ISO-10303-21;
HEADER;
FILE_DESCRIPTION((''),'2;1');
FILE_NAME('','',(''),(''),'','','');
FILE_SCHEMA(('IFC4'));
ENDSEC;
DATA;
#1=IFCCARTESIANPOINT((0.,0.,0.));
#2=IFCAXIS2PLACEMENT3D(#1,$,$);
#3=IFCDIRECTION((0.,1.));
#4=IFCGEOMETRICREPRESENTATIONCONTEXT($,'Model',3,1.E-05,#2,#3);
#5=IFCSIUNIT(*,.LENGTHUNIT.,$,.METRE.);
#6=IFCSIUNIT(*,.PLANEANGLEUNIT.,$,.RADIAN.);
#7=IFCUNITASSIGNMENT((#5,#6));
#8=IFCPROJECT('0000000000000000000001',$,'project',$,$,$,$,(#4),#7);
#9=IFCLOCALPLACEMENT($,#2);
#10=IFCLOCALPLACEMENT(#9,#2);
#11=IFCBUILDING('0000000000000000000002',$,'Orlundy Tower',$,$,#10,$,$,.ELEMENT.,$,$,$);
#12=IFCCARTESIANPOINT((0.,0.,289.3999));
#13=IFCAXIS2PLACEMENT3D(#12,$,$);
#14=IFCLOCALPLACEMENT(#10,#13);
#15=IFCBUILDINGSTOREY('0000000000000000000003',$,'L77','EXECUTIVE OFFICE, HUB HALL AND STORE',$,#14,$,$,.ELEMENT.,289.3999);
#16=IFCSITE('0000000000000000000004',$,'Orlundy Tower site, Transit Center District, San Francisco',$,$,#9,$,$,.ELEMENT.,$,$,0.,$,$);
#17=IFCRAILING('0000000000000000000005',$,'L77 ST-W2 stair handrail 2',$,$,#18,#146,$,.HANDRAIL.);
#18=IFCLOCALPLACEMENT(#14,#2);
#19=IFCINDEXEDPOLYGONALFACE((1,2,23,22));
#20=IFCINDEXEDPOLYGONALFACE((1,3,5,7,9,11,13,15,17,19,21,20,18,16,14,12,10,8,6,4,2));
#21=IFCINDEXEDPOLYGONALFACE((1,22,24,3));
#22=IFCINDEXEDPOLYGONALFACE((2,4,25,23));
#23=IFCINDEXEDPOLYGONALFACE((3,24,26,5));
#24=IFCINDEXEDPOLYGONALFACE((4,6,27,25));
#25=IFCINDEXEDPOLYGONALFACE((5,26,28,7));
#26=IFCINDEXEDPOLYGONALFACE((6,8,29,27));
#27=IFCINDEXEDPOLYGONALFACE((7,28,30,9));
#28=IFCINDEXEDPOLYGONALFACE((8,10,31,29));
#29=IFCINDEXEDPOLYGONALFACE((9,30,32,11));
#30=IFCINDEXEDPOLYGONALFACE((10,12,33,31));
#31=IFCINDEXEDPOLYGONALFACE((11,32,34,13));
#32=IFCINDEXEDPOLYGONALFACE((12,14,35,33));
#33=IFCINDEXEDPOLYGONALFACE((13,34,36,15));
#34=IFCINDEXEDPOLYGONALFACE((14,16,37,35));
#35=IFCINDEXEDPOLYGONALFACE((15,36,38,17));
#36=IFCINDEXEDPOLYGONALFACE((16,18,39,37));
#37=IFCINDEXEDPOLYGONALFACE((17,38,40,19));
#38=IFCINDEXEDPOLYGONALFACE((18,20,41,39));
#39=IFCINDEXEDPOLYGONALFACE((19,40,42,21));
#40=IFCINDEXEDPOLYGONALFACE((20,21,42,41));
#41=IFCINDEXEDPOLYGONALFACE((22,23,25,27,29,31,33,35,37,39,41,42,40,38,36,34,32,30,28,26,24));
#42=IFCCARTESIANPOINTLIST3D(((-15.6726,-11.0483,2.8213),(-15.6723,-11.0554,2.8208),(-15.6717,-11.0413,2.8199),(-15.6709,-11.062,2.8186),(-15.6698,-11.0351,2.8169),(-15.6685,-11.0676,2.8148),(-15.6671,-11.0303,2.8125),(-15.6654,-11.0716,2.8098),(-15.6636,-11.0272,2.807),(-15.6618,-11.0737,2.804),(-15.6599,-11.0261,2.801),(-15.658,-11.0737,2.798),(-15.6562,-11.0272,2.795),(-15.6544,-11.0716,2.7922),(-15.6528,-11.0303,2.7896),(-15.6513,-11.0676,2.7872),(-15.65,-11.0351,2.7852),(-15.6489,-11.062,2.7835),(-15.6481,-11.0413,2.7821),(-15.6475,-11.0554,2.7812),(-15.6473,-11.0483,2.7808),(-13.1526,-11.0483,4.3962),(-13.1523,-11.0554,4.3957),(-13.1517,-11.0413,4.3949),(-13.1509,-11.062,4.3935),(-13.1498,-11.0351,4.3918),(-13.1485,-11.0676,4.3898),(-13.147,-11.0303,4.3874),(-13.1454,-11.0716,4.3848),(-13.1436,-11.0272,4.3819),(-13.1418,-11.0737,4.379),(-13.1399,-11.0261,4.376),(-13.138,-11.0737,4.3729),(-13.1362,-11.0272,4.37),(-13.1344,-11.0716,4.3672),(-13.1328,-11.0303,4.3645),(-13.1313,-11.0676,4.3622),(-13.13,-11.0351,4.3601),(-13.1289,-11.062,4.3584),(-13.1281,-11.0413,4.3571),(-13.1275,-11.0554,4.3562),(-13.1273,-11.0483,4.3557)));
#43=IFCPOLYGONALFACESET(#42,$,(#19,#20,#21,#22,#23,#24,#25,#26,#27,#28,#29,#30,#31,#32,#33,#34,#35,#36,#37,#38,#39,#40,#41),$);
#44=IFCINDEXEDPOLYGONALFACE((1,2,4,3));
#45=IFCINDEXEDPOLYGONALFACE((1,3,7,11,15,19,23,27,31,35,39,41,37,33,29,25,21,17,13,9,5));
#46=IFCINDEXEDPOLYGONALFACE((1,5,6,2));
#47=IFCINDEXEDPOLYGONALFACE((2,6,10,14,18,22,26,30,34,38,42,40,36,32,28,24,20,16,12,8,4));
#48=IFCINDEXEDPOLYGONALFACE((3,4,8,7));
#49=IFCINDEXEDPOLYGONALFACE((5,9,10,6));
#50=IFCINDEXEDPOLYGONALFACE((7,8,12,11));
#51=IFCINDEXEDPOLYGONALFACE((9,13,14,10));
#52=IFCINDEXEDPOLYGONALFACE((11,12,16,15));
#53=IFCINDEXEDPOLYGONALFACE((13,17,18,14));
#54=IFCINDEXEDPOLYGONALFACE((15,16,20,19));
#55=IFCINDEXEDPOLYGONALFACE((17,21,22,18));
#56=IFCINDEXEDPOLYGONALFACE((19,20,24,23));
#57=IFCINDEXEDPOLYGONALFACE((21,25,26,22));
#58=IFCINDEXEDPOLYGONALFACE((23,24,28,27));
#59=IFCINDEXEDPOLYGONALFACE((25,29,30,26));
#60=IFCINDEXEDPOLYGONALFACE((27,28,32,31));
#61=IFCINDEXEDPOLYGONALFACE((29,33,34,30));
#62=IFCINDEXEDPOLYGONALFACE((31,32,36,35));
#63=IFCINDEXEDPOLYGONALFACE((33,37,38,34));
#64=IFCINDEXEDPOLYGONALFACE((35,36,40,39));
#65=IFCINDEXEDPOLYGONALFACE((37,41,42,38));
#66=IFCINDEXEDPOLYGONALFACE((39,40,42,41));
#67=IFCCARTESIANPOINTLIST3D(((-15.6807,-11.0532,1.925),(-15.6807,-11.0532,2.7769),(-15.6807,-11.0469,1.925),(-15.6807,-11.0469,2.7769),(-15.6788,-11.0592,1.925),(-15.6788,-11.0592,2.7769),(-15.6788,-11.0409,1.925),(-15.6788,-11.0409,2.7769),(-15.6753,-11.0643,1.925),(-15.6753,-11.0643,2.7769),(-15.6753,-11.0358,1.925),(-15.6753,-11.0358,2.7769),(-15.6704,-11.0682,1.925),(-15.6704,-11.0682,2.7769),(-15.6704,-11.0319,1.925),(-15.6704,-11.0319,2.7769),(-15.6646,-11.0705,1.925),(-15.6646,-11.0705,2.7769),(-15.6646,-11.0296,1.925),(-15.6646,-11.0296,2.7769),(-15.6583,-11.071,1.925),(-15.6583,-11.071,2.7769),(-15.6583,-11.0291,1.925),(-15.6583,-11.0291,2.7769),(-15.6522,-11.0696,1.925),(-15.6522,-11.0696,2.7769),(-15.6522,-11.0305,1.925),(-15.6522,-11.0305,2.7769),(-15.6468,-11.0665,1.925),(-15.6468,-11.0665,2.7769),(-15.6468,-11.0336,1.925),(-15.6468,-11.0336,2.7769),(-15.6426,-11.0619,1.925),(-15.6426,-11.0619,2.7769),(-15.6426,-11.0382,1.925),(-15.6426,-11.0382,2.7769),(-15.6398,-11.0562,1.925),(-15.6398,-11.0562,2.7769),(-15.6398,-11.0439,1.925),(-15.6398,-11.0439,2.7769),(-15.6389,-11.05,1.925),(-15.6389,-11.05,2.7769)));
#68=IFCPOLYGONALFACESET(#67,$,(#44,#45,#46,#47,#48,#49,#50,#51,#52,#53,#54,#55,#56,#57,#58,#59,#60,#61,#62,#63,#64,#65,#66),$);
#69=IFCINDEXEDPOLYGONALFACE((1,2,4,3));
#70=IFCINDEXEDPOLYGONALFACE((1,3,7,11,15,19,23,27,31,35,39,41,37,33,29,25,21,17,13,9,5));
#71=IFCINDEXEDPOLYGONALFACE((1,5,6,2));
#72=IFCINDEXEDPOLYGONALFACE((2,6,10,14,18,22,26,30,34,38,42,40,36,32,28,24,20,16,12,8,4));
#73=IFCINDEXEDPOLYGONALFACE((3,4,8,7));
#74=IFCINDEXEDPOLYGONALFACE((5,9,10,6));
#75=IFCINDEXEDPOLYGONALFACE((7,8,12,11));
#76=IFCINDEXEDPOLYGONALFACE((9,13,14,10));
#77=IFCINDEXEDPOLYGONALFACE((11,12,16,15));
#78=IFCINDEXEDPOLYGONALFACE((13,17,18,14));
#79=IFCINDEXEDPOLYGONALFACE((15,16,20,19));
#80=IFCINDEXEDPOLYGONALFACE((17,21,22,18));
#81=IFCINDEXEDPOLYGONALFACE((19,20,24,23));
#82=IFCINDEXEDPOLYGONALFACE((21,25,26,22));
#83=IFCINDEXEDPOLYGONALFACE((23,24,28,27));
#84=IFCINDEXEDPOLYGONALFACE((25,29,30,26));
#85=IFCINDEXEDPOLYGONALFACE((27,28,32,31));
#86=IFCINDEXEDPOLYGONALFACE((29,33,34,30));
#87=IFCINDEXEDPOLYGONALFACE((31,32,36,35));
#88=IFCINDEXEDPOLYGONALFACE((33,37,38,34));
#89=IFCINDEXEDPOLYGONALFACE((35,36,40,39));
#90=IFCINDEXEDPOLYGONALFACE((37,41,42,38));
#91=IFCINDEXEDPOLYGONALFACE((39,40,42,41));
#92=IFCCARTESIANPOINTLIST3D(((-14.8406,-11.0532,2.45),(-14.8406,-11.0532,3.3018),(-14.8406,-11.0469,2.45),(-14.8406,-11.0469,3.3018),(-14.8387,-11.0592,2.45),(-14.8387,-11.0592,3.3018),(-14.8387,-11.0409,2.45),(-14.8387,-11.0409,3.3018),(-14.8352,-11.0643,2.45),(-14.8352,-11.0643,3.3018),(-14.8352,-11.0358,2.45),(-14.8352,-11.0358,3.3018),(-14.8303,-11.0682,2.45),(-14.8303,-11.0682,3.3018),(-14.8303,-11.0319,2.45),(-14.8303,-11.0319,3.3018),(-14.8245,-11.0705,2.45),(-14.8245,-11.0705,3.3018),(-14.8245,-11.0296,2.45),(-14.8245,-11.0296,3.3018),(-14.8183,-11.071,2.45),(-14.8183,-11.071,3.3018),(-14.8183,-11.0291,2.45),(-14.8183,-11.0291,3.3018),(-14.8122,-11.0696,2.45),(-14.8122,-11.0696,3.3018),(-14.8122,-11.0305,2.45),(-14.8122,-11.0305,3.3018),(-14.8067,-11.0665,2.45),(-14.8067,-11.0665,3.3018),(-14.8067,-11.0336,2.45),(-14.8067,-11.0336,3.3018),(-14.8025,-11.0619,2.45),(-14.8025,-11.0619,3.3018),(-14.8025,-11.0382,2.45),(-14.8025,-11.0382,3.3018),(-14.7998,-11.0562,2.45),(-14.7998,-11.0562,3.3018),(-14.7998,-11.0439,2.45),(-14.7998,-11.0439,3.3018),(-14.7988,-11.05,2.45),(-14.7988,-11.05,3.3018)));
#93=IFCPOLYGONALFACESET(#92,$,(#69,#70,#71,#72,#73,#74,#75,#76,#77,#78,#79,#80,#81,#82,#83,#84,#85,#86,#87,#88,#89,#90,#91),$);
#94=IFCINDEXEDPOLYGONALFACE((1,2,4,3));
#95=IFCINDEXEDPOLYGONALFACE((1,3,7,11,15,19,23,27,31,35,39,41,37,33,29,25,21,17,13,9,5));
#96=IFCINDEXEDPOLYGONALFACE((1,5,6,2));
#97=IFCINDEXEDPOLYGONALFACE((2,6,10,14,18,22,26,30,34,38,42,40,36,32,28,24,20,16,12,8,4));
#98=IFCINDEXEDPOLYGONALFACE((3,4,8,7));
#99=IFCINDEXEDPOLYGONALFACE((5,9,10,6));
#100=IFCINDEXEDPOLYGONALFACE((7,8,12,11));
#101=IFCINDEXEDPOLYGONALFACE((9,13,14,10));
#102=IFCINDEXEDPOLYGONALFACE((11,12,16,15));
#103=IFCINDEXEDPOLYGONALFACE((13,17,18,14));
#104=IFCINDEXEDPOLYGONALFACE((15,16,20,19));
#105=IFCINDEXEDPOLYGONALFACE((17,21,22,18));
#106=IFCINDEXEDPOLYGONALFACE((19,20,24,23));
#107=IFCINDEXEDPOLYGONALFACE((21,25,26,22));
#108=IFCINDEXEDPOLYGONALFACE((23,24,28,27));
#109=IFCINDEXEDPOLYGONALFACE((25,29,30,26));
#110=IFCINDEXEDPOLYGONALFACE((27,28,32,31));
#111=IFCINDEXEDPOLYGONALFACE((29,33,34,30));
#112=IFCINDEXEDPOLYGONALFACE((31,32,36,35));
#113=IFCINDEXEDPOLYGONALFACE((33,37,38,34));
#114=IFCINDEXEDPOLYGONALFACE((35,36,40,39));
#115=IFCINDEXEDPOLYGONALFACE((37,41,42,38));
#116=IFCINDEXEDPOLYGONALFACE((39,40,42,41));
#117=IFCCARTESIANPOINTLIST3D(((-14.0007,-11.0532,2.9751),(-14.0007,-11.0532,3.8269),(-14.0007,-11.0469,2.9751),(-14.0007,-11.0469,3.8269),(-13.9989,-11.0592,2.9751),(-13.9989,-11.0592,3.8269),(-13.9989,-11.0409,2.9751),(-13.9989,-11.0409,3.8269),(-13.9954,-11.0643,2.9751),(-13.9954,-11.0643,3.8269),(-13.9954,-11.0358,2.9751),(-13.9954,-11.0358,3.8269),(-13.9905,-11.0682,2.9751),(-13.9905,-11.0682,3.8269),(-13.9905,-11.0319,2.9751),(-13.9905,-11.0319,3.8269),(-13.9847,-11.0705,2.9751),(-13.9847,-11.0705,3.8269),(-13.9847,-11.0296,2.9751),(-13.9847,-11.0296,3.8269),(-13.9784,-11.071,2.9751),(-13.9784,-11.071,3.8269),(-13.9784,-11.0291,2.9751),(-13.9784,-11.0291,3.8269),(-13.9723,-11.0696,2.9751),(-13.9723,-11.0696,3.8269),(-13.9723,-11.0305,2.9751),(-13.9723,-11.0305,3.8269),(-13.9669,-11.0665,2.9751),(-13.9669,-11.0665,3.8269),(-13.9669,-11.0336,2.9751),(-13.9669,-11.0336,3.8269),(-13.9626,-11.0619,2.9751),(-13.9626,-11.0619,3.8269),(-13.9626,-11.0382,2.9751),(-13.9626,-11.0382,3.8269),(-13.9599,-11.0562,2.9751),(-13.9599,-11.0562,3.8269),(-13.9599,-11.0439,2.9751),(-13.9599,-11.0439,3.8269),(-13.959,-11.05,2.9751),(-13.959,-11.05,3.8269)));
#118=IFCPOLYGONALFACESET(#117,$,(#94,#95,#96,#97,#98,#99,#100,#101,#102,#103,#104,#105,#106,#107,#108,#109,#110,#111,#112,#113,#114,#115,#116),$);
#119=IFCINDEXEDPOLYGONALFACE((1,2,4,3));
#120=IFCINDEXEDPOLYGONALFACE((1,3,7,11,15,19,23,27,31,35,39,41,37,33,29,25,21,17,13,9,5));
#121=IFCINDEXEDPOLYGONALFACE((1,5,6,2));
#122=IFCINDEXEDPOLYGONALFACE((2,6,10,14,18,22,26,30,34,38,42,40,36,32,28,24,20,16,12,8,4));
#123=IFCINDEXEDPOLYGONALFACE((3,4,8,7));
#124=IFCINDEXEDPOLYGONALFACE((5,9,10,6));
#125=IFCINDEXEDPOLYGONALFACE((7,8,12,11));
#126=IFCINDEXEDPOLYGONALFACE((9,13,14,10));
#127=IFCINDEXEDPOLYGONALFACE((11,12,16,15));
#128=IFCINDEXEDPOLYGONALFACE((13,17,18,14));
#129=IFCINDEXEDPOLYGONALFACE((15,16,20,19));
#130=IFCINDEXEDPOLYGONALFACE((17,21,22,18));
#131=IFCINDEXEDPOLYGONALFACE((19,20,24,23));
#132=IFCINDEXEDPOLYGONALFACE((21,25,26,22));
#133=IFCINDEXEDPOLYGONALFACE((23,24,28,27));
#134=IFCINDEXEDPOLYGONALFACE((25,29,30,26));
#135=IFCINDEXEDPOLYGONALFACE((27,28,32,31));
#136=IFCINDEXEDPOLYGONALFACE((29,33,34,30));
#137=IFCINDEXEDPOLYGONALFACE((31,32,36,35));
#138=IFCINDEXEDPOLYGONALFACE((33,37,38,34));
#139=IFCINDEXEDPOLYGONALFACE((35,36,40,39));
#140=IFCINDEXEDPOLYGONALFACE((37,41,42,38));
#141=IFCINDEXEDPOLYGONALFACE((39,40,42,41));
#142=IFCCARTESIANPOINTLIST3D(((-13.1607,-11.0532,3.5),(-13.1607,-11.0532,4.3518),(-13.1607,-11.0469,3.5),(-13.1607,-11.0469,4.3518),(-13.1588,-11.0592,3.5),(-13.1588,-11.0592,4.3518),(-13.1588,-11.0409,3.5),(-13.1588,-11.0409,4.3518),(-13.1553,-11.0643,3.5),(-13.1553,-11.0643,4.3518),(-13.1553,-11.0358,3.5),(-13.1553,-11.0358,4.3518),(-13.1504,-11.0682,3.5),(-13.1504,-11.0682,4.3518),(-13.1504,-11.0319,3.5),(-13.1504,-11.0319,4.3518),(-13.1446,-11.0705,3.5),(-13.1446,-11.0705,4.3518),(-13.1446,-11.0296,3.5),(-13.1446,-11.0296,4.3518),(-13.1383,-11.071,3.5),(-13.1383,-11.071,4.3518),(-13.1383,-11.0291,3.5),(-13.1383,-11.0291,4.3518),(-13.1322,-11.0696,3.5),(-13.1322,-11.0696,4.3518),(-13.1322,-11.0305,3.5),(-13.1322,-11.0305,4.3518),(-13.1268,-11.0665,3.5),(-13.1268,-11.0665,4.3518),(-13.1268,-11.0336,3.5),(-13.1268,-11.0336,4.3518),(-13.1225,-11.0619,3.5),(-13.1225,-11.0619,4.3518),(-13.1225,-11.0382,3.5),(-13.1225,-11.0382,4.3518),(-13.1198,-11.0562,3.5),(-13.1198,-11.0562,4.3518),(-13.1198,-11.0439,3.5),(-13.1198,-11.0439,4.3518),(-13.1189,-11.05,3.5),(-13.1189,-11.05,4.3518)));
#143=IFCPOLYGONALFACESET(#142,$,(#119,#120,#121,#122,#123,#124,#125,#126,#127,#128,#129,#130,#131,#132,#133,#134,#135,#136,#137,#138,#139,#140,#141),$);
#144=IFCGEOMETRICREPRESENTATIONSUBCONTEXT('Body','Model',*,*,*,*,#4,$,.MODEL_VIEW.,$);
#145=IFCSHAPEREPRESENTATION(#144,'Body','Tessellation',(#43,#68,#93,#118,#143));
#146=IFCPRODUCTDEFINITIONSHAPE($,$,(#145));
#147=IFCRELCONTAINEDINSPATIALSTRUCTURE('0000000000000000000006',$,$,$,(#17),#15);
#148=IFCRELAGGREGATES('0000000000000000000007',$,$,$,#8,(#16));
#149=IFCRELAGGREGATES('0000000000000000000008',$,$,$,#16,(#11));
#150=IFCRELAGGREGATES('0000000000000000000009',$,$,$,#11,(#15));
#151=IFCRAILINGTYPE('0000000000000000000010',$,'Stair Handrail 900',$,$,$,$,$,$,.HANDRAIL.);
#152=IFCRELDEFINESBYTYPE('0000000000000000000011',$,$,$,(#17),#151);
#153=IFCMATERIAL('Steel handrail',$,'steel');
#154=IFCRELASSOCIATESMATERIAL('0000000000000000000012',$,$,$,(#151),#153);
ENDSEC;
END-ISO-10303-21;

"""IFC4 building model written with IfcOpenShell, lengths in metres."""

from ifc_helpers import new_model, si_unit, direction, frame, origin, origin_2d, place, context, subcontext, project, spatial, circle, extrude, material, type_object, element, save


model = new_model("IFC4")

# Units and contexts
model_context = context("Model", 3, precision=1e-05, world=origin(), true_north=direction((0.0, 1.0)))
body_context = subcontext(model_context, "Body", "Model", "MODEL_VIEW")
ifc_project = project(units=[si_unit("LENGTHUNIT", "METRE"), si_unit("PLANEANGLEUNIT", "RADIAN")], contexts=[model_context])

# Site, building, storey
site_placement = place(None, origin())
site = spatial("IfcSite", under=ifc_project, at=site_placement, Name="Orlundy Tower site, Transit Center District, San Francisco", CompositionType="ELEMENT", RefElevation=0.0)
building_placement = place(site_placement, origin())
building = spatial("IfcBuilding", under=site, at=building_placement, Name="Orlundy Tower", CompositionType="ELEMENT")
storey_placement = place(building_placement, frame((0.0, 0.0, 289.3999)))
storey = spatial("IfcBuildingStorey", under=building, at=storey_placement, Name="L77", Description="EXECUTIVE OFFICE, HUB HALL AND STORE", CompositionType="ELEMENT", Elevation=289.3999)

# Railing
ifc_material_1 = material(Name="Steel handrail", Category="steel")
railing_type = type_object("IfcRailingType", Name="Stair Handrail 900", PredefinedType="HANDRAIL", material=ifc_material_1)
railing_placement = place(storey_placement, frame((-15.6599, -11.05, 1.925)))
element("IfcRailing", 1, at=railing_placement, inside=storey, type_object=railing_type, Name="L77 ST-W2 stair handrail 2", PredefinedType="HANDRAIL", context=body_context, shape_type="SweptSolid", body=[
    extrude(circle(Radius=0.0239, at=origin_2d()), frame((0.0, 0.0, 0.876), z_axis=(0.848008, 0.0, 0.529984), x_axis=(0.0, 1.0, 0.0)), (0.0, 0.0, 1.0), 2.9717),
    extrude(circle(Radius=0.021, at=origin_2d()), origin(), (0.0, 0.0, 1.0), 0.8518),
    extrude(circle(Radius=0.021, at=origin_2d()), frame((0.8401, 0.0, 0.5249)), (0.0, 0.0, 1.0), 0.8518),
    extrude(circle(Radius=0.021, at=origin_2d()), frame((1.6799, 0.0, 1.05)), (0.0, 0.0, 1.0), 0.8518),
    extrude(circle(Radius=0.021, at=origin_2d()), frame((2.52, 0.0, 1.575)), (0.0, 0.0, 1.0), 0.8518),
])

save(model, "model.ifc")
